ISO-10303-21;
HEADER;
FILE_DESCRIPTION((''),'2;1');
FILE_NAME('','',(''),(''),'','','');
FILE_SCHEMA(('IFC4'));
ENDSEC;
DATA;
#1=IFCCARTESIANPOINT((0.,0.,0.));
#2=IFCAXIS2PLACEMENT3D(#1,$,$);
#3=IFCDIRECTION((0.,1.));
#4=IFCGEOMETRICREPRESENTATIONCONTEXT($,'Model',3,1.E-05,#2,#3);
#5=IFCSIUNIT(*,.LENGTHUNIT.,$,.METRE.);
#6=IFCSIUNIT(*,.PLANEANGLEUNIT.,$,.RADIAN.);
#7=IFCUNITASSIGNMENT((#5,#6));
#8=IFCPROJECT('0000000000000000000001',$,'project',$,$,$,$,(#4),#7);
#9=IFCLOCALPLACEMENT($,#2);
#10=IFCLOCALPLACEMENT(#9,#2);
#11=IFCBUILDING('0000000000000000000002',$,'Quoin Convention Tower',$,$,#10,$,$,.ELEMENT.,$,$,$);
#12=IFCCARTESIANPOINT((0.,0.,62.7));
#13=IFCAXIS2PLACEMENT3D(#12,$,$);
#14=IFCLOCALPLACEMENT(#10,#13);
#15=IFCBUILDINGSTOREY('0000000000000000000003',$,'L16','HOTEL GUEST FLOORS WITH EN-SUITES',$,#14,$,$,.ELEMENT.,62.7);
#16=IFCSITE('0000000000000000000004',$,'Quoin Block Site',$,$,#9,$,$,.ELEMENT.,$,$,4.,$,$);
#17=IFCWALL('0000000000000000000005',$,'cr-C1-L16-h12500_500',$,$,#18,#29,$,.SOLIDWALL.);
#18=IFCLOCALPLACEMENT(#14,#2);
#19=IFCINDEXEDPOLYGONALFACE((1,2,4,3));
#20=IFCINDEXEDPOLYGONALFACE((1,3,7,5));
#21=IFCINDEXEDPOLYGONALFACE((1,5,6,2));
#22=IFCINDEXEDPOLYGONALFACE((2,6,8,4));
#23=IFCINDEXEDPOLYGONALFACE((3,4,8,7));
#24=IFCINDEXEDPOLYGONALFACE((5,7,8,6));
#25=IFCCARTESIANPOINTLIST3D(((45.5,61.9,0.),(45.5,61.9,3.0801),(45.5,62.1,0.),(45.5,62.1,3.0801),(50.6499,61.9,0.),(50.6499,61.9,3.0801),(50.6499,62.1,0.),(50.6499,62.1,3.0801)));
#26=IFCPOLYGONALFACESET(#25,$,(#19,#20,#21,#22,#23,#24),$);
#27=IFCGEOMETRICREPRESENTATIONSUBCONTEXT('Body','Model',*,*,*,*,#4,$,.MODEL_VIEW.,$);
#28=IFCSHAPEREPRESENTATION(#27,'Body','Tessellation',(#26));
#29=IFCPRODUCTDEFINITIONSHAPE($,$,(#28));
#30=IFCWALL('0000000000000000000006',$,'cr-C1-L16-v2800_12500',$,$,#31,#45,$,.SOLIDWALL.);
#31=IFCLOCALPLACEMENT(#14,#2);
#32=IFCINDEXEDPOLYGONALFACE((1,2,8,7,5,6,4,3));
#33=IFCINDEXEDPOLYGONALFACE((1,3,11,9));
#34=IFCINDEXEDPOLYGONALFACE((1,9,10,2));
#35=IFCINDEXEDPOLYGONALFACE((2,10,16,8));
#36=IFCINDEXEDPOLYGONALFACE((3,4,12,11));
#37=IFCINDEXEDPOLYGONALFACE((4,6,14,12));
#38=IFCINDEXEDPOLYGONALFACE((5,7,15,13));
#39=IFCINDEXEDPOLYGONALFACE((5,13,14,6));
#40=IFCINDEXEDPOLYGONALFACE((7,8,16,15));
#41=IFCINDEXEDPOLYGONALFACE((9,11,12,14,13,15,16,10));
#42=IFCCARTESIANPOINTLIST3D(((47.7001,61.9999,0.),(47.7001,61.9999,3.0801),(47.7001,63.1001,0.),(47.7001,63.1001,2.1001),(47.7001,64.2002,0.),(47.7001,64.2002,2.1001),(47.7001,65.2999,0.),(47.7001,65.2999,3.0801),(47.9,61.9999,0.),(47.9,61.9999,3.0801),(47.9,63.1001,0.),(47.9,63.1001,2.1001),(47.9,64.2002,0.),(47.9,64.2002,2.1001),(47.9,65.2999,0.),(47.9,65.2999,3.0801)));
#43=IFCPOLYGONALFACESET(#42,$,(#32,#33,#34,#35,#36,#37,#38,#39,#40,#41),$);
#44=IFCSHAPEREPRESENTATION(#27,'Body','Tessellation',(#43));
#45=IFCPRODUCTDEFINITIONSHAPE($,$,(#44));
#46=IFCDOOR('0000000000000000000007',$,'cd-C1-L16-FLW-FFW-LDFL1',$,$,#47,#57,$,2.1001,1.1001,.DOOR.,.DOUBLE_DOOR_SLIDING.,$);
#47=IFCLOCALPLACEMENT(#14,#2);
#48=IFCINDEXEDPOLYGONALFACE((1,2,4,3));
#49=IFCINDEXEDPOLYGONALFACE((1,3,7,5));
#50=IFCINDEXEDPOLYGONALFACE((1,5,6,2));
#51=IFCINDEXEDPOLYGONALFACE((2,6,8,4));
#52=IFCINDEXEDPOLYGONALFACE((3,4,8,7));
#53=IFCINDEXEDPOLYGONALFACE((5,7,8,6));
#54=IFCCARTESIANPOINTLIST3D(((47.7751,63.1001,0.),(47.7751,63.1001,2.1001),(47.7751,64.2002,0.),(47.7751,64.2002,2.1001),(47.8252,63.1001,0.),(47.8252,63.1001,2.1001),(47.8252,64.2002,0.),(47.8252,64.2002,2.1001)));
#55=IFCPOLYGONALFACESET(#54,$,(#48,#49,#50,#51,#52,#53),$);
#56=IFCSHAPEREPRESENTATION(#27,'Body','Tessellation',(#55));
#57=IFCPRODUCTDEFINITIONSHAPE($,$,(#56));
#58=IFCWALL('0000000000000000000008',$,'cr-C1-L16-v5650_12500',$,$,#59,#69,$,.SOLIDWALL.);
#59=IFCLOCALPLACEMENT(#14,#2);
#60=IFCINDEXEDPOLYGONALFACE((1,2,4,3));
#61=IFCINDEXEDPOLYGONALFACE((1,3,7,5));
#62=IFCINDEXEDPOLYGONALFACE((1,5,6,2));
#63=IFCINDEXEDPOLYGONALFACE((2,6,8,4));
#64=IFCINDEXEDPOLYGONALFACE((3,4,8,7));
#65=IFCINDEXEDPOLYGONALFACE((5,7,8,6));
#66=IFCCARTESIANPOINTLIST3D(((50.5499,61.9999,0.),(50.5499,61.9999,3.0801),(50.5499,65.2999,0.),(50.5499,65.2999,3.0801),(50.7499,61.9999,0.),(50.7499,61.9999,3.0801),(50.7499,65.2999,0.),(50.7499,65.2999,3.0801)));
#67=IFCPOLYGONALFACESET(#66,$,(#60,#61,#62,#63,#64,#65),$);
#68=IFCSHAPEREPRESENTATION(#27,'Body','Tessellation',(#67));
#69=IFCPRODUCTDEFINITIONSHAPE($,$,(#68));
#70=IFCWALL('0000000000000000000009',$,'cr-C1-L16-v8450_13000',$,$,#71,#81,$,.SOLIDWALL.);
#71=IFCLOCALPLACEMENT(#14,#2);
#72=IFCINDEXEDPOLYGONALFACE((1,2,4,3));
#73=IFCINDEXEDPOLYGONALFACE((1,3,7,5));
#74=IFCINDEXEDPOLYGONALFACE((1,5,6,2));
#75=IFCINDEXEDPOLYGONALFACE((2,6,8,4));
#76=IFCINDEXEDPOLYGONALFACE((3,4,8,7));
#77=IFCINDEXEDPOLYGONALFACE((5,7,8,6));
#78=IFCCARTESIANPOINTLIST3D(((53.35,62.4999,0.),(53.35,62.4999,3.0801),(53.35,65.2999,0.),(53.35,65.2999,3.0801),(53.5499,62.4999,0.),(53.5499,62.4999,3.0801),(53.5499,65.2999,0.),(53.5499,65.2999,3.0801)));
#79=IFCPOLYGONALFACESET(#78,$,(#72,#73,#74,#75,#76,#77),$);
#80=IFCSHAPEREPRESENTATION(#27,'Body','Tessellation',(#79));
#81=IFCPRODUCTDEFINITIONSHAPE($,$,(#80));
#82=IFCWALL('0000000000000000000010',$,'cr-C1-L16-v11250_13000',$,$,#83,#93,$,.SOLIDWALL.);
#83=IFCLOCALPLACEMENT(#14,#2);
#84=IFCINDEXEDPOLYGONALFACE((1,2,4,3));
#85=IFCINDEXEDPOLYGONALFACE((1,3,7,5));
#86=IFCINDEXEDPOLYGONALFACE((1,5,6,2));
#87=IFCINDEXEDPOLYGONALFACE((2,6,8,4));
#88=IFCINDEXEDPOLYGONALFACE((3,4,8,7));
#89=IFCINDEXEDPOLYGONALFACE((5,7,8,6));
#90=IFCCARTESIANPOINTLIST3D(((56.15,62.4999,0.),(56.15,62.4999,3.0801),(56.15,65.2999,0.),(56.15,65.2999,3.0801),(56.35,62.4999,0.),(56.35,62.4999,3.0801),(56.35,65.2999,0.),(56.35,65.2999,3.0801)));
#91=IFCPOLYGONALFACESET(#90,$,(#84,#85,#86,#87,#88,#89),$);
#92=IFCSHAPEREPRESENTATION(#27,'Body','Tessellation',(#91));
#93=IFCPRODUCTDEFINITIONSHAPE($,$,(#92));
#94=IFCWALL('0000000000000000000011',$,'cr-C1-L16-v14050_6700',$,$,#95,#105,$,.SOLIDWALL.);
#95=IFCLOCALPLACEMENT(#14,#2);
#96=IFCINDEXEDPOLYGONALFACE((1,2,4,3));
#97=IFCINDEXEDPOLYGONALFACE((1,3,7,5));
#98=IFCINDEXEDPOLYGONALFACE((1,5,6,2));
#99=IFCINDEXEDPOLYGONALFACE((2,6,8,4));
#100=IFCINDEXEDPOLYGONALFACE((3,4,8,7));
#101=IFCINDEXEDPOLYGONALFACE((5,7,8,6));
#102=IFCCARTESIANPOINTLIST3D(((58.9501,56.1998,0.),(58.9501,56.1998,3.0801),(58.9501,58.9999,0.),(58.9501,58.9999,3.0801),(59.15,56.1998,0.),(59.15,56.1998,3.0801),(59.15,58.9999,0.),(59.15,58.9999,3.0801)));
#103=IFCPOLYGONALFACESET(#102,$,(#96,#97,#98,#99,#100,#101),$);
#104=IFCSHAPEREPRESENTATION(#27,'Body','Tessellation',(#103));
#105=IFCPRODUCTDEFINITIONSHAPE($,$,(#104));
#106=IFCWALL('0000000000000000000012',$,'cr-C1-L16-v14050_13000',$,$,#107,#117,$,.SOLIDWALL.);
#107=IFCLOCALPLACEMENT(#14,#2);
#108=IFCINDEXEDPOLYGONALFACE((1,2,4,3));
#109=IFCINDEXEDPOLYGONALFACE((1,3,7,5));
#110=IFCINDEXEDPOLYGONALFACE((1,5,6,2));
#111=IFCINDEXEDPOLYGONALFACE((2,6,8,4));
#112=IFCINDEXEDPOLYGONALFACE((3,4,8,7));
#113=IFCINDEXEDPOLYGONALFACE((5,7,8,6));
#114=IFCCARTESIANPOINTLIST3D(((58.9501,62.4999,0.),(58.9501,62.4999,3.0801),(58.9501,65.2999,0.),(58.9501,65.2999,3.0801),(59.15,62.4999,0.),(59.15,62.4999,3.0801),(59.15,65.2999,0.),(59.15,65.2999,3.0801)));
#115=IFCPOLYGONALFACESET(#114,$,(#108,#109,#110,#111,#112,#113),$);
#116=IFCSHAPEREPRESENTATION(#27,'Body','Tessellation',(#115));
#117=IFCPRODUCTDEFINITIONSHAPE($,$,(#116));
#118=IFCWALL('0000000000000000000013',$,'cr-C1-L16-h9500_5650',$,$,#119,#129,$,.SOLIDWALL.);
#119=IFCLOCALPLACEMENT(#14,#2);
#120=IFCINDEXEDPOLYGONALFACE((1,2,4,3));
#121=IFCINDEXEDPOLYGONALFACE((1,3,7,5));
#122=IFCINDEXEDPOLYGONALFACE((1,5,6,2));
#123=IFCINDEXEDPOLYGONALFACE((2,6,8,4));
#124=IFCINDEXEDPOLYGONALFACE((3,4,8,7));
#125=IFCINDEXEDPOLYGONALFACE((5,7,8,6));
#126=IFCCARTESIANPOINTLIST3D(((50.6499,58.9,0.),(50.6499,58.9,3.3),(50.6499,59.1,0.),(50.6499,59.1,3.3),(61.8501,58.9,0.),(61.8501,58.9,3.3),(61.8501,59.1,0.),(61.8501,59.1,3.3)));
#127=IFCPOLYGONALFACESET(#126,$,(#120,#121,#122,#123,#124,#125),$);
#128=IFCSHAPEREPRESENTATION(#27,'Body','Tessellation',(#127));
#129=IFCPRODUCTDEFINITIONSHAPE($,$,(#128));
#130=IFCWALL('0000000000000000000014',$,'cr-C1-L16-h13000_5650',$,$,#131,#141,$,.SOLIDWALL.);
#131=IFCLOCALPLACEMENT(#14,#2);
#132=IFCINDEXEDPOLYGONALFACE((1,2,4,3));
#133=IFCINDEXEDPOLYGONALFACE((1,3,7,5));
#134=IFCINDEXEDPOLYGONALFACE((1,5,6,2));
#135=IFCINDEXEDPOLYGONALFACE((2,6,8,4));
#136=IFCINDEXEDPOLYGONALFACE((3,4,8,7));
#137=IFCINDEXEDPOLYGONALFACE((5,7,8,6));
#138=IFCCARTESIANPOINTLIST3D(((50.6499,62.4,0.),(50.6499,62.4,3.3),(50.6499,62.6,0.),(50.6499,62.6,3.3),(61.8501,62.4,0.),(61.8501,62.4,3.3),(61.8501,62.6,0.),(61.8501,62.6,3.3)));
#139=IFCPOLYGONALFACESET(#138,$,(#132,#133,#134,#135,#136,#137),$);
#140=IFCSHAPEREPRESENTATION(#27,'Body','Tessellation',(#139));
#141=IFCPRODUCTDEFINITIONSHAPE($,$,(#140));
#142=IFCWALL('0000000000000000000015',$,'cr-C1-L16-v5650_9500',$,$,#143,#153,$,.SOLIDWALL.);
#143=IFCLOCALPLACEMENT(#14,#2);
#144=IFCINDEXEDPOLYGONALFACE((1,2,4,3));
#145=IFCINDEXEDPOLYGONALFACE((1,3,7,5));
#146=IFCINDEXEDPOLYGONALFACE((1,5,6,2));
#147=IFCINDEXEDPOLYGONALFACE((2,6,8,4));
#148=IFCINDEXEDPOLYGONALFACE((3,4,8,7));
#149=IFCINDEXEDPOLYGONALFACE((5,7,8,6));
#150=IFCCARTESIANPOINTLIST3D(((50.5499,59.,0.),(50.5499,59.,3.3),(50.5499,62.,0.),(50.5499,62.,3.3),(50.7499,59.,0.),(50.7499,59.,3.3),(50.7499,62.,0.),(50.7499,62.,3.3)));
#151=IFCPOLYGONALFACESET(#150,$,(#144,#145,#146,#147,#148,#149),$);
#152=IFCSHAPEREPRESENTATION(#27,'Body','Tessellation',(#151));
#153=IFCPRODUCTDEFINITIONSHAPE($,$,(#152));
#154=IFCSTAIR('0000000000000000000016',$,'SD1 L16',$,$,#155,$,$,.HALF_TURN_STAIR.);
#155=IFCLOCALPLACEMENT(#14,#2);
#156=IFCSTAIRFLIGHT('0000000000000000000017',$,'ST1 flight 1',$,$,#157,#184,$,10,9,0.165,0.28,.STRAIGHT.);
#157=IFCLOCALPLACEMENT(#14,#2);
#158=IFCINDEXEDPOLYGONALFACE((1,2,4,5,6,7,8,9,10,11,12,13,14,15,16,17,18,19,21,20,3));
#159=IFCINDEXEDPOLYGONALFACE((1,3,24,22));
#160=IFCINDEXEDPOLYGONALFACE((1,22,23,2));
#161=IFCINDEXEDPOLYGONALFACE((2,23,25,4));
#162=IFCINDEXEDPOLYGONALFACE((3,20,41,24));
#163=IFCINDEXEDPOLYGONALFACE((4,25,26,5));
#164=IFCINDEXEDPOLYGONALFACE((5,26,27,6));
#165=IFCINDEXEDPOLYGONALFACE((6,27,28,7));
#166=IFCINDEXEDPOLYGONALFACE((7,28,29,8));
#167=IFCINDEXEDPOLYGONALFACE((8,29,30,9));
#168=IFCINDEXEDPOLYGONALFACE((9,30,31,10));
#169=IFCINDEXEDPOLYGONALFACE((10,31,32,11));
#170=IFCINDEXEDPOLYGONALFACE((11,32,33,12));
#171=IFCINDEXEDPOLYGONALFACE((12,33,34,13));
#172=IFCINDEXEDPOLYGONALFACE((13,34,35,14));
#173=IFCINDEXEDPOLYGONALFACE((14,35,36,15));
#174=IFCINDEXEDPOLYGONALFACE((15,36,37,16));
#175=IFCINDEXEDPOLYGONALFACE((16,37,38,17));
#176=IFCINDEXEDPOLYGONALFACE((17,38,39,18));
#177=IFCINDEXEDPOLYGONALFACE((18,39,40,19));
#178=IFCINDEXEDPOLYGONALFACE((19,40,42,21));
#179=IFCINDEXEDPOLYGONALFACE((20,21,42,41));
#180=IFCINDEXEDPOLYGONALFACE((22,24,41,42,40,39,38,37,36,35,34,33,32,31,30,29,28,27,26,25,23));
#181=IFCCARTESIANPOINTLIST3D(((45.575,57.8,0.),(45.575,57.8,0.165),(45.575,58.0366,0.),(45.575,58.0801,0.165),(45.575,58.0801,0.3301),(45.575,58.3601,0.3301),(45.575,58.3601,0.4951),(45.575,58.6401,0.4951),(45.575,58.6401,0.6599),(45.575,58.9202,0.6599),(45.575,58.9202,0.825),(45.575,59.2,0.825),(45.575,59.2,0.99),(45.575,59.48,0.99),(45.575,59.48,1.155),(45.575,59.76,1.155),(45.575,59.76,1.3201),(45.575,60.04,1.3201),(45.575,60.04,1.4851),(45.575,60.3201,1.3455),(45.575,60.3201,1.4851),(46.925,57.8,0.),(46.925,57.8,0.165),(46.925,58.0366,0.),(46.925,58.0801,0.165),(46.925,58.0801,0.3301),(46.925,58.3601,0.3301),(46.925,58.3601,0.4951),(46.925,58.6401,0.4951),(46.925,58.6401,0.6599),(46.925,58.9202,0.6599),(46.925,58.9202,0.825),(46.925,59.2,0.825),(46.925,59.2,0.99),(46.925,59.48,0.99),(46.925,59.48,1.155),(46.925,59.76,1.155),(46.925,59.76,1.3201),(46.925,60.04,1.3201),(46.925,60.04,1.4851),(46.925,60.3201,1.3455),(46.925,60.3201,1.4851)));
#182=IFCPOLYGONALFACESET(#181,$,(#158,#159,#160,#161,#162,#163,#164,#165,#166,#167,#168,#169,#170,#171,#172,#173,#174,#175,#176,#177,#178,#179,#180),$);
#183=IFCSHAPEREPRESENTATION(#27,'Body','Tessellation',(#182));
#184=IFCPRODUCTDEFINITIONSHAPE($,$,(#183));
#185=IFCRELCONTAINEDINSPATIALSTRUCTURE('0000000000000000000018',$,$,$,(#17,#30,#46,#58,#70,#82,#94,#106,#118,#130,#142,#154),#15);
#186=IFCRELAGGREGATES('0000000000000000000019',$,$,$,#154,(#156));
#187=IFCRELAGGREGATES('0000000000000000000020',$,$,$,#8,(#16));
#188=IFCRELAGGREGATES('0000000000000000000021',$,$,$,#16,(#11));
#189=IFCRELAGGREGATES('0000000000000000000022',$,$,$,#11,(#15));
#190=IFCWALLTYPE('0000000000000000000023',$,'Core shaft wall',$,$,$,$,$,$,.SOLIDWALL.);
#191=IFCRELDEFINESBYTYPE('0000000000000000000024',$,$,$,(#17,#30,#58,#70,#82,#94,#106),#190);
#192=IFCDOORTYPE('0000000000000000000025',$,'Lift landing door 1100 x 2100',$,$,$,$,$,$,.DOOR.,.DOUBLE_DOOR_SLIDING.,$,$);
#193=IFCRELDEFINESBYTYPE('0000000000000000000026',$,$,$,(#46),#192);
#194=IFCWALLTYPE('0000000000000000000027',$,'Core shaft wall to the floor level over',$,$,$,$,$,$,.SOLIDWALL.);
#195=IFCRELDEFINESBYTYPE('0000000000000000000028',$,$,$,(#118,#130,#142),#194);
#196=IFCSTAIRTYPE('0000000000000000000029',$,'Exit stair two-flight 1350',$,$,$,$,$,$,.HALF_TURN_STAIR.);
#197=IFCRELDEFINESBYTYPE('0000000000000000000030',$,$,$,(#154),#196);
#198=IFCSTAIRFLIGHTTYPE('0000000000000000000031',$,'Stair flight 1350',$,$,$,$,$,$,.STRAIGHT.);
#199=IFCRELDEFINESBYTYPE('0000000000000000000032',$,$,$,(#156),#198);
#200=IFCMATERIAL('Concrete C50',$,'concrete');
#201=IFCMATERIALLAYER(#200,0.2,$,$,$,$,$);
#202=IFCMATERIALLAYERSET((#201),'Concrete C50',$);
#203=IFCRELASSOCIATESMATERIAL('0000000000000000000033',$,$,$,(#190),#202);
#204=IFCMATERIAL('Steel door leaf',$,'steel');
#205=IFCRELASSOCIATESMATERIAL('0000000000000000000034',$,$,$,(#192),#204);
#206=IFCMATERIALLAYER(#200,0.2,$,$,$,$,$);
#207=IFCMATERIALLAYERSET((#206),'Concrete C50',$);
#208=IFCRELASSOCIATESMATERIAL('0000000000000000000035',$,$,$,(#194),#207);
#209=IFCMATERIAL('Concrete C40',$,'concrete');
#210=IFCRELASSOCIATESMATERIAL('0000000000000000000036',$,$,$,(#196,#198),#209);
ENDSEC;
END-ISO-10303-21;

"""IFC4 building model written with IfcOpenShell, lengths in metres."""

from ifc_helpers import new_model, si_unit, direction, frame, frame_2d, origin, place, context, subcontext, project, spatial, polyline, rectangle, outline, extrude, material, layer, layer_set, type_object, element, fill, aggregate, save


model = new_model("IFC4")

# Units and contexts
model_context = context("Model", 3, precision=1e-05, world=origin(), true_north=direction((0.0, 1.0)))
body_context = subcontext(model_context, "Body", "Model", "MODEL_VIEW")
ifc_project = project(units=[si_unit("LENGTHUNIT", "METRE"), si_unit("PLANEANGLEUNIT", "RADIAN")], contexts=[model_context])

# Site, building, storey
site_placement = place(None, origin())
site = spatial("IfcSite", under=ifc_project, at=site_placement, Name="Quoin Block Site", CompositionType="ELEMENT", RefElevation=4.0)
building_placement = place(site_placement, origin())
building = spatial("IfcBuilding", under=site, at=building_placement, Name="Quoin Convention Tower", CompositionType="ELEMENT")
storey_placement = place(building_placement, frame((0.0, 0.0, 62.7)))
storey = spatial("IfcBuildingStorey", under=building, at=storey_placement, Name="L16", Description="HOTEL GUEST FLOORS WITH EN-SUITES", CompositionType="ELEMENT", Elevation=62.7)

# Wall
ifc_material_1 = material(Name="Concrete C50", Category="concrete")
ifc_layer_1 = layer(ifc_material_1, 0.2)
ifc_layer_set_1 = layer_set([ifc_layer_1], Name="Concrete C50")
wall_type_1 = type_object("IfcWallType", Name="Core shaft wall", PredefinedType="SOLIDWALL", material=ifc_layer_set_1)
wall_1_placement = place(storey_placement, frame((45.5, 62.0, 0.0), z_axis=(0.0, 0.0, 1.0), x_axis=(1.0, 0.0, 0.0)))
element("IfcWall", 1, at=wall_1_placement, inside=storey, type_object=wall_type_1, Name="cr-C1-L16-h12500_500", PredefinedType="SOLIDWALL", context=body_context, shape_type="SweptSolid", body=[
    extrude(rectangle(XDim=5.1499, YDim=0.2, at=frame_2d((2.575, 0.0))), origin(), (0.0, 0.0, 1.0), 3.0801),
])

# Wall, opening, door
wall_2_placement = place(storey_placement, frame((47.8, 62.0, 0.0), z_axis=(0.0, 0.0, 1.0), x_axis=(0.0, 1.0, 0.0)))
wall_2 = element("IfcWall", 2, at=wall_2_placement, inside=storey, type_object=wall_type_1, Name="cr-C1-L16-v2800_12500", PredefinedType="SOLIDWALL", context=body_context, shape_type="SweptSolid", body=[
    extrude(rectangle(XDim=3.3, YDim=0.2, at=frame_2d((1.6499, 0.0))), origin(), (0.0, 0.0, 1.0), 3.0801),
])
opening_placement = place(wall_2_placement, frame((1.1001, 0.0, 0.0)))
opening = element("IfcOpeningElement", 3, at=opening_placement, cuts=wall_2, PredefinedType="OPENING", context=body_context, shape_type="SweptSolid", body=[
    extrude(rectangle(XDim=1.1001, YDim=2.1001, at=frame_2d((0.55, 1.05))), frame((0.0, 0.1099, 0.0), z_axis=(0.0, -1.0, 0.0), x_axis=(1.0, 0.0, 0.0)), (0.0, 0.0, 1.0), 0.22),
])
ifc_material_2 = material(Name="Steel door leaf", Category="steel")
door_type = type_object("IfcDoorType", Name="Lift landing door 1100 x 2100", OperationType="DOUBLE_DOOR_SLIDING", PredefinedType="DOOR", material=ifc_material_2)
door_placement = place(opening_placement, origin())
door = element("IfcDoor", 4, at=door_placement, inside=storey, type_object=door_type, Name="cd-C1-L16-FLW-FFW-LDFL1", OperationType="DOUBLE_DOOR_SLIDING", OverallHeight=2.1001, OverallWidth=1.1001, PredefinedType="DOOR", context=body_context, shape_type="SweptSolid", body=[
    extrude(rectangle(XDim=1.1001, YDim=2.1001, at=frame_2d((0.55, 1.05))), frame((0.0, 0.0249, 0.0), z_axis=(0.0, -1.0, 0.0), x_axis=(1.0, 0.0, 0.0)), (0.0, 0.0, 1.0), 0.05),
])
fill(opening, door)

# Walls
wall_3_placement = place(storey_placement, frame((50.6499, 62.0, 0.0), z_axis=(0.0, 0.0, 1.0), x_axis=(0.0, 1.0, 0.0)))
element("IfcWall", 5, at=wall_3_placement, inside=storey, type_object=wall_type_1, Name="cr-C1-L16-v5650_12500", PredefinedType="SOLIDWALL", context=body_context, shape_type="SweptSolid", body=[
    extrude(rectangle(XDim=3.3, YDim=0.2, at=frame_2d((1.6499, 0.0))), origin(), (0.0, 0.0, 1.0), 3.0801),
])
for number, where, z_axis, x_axis, name in (
    (6, (53.45, 62.5, 0.0), (0.0, 0.0, 1.0), (0.0, 1.0, 0.0), "cr-C1-L16-v8450_13000"),
    (7, (56.25, 62.5, 0.0), (0.0, 0.0, 1.0), (0.0, 1.0, 0.0), "cr-C1-L16-v11250_13000"),
    (8, (59.05, 56.2, 0.0), (0.0, 0.0, 1.0), (0.0, 1.0, 0.0), "cr-C1-L16-v14050_6700"),
    (9, (59.05, 62.5, 0.0), (0.0, 0.0, 1.0), (0.0, 1.0, 0.0), "cr-C1-L16-v14050_13000"),
):
    element("IfcWall", number, at=place(storey_placement, frame(where, z_axis=z_axis, x_axis=x_axis)), inside=storey, type_object=wall_type_1, Name=name, PredefinedType="SOLIDWALL", context=body_context, shape_type="SweptSolid", body=[
        extrude(rectangle(XDim=2.8, YDim=0.2, at=frame_2d((1.3999, 0.0))), origin(), (0.0, 0.0, 1.0), 3.0801),
    ])
ifc_layer_2 = layer(ifc_material_1, 0.2)
ifc_layer_set_2 = layer_set([ifc_layer_2], Name="Concrete C50")
wall_type_2 = type_object("IfcWallType", Name="Core shaft wall to the floor level over", PredefinedType="SOLIDWALL", material=ifc_layer_set_2)
for number, where, z_axis, x_axis, name in (
    (10, (50.6499, 59.0, 0.0), (0.0, 0.0, 1.0), (1.0, 0.0, 0.0), "cr-C1-L16-h9500_5650"),
    (11, (50.6499, 62.5, 0.0), (0.0, 0.0, 1.0), (1.0, 0.0, 0.0), "cr-C1-L16-h13000_5650"),
):
    element("IfcWall", number, at=place(storey_placement, frame(where, z_axis=z_axis, x_axis=x_axis)), inside=storey, type_object=wall_type_2, Name=name, PredefinedType="SOLIDWALL", context=body_context, shape_type="SweptSolid", body=[
        extrude(rectangle(XDim=11.2002, YDim=0.2, at=frame_2d((5.6001, 0.0))), origin(), (0.0, 0.0, 1.0), 3.3),
    ])
wall_4_placement = place(storey_placement, frame((50.6499, 59.0, 0.0), z_axis=(0.0, 0.0, 1.0), x_axis=(0.0, 1.0, 0.0)))
element("IfcWall", 12, at=wall_4_placement, inside=storey, type_object=wall_type_2, Name="cr-C1-L16-v5650_9500", PredefinedType="SOLIDWALL", context=body_context, shape_type="SweptSolid", body=[
    extrude(rectangle(XDim=3.0, YDim=0.2, at=frame_2d((1.5, 0.0))), origin(), (0.0, 0.0, 1.0), 3.3),
])

# Stair, stair flight
ifc_material_3 = material(Name="Concrete C40", Category="concrete")
stair_type = type_object("IfcStairType", Name="Exit stair two-flight 1350", PredefinedType="HALF_TURN_STAIR", material=ifc_material_3)
stair_placement = place(storey_placement, origin())
stair = element("IfcStair", 13, at=stair_placement, inside=storey, type_object=stair_type, Name="SD1 L16", PredefinedType="HALF_TURN_STAIR")
stair_flight_type = type_object("IfcStairFlightType", Name="Stair flight 1350", PredefinedType="STRAIGHT", material=ifc_material_3)
stair_flight_1_placement = place(storey_placement, frame((46.25, 57.8, 0.0), z_axis=(0.0, 0.0, 1.0), x_axis=(0.0, 1.0, 0.0)))
stair_flight_1 = element("IfcStairFlight", 14, at=stair_flight_1_placement, type_object=stair_flight_type, Name="ST1 flight 1", NumberOfRisers=10, NumberOfTreads=9, PredefinedType="STRAIGHT", RiserHeight=0.165, TreadLength=0.28, context=body_context, shape_type="SweptSolid", body=[
    extrude(outline(polyline([(0.0, 0.0), (0.0, 0.165), (0.28, 0.165), (0.28, 0.3301), (0.5601, 0.3301), (0.5601, 0.4951), (0.8401, 0.4951), (0.8401, 0.6599), (1.1201, 0.6599), (1.1201, 0.825), (1.3999, 0.825), (1.3999, 0.99), (1.6799, 0.99), (1.6799, 1.155), (1.96, 1.155), (1.96, 1.3201), (2.24, 1.3201), (2.24, 1.4851), (2.52, 1.4851), (2.52, 1.6499), (2.52, 1.3455), (0.2366, 0.0), (0.0, 0.0)])), frame((0.0, 0.675, 0.0), z_axis=(0.0, -1.0, 0.0), x_axis=(1.0, 0.0, 0.0)), (0.0, 0.0, 1.0), 1.3501),
])
aggregate(stair, [stair_flight_1])

save(model, "model.ifc")
